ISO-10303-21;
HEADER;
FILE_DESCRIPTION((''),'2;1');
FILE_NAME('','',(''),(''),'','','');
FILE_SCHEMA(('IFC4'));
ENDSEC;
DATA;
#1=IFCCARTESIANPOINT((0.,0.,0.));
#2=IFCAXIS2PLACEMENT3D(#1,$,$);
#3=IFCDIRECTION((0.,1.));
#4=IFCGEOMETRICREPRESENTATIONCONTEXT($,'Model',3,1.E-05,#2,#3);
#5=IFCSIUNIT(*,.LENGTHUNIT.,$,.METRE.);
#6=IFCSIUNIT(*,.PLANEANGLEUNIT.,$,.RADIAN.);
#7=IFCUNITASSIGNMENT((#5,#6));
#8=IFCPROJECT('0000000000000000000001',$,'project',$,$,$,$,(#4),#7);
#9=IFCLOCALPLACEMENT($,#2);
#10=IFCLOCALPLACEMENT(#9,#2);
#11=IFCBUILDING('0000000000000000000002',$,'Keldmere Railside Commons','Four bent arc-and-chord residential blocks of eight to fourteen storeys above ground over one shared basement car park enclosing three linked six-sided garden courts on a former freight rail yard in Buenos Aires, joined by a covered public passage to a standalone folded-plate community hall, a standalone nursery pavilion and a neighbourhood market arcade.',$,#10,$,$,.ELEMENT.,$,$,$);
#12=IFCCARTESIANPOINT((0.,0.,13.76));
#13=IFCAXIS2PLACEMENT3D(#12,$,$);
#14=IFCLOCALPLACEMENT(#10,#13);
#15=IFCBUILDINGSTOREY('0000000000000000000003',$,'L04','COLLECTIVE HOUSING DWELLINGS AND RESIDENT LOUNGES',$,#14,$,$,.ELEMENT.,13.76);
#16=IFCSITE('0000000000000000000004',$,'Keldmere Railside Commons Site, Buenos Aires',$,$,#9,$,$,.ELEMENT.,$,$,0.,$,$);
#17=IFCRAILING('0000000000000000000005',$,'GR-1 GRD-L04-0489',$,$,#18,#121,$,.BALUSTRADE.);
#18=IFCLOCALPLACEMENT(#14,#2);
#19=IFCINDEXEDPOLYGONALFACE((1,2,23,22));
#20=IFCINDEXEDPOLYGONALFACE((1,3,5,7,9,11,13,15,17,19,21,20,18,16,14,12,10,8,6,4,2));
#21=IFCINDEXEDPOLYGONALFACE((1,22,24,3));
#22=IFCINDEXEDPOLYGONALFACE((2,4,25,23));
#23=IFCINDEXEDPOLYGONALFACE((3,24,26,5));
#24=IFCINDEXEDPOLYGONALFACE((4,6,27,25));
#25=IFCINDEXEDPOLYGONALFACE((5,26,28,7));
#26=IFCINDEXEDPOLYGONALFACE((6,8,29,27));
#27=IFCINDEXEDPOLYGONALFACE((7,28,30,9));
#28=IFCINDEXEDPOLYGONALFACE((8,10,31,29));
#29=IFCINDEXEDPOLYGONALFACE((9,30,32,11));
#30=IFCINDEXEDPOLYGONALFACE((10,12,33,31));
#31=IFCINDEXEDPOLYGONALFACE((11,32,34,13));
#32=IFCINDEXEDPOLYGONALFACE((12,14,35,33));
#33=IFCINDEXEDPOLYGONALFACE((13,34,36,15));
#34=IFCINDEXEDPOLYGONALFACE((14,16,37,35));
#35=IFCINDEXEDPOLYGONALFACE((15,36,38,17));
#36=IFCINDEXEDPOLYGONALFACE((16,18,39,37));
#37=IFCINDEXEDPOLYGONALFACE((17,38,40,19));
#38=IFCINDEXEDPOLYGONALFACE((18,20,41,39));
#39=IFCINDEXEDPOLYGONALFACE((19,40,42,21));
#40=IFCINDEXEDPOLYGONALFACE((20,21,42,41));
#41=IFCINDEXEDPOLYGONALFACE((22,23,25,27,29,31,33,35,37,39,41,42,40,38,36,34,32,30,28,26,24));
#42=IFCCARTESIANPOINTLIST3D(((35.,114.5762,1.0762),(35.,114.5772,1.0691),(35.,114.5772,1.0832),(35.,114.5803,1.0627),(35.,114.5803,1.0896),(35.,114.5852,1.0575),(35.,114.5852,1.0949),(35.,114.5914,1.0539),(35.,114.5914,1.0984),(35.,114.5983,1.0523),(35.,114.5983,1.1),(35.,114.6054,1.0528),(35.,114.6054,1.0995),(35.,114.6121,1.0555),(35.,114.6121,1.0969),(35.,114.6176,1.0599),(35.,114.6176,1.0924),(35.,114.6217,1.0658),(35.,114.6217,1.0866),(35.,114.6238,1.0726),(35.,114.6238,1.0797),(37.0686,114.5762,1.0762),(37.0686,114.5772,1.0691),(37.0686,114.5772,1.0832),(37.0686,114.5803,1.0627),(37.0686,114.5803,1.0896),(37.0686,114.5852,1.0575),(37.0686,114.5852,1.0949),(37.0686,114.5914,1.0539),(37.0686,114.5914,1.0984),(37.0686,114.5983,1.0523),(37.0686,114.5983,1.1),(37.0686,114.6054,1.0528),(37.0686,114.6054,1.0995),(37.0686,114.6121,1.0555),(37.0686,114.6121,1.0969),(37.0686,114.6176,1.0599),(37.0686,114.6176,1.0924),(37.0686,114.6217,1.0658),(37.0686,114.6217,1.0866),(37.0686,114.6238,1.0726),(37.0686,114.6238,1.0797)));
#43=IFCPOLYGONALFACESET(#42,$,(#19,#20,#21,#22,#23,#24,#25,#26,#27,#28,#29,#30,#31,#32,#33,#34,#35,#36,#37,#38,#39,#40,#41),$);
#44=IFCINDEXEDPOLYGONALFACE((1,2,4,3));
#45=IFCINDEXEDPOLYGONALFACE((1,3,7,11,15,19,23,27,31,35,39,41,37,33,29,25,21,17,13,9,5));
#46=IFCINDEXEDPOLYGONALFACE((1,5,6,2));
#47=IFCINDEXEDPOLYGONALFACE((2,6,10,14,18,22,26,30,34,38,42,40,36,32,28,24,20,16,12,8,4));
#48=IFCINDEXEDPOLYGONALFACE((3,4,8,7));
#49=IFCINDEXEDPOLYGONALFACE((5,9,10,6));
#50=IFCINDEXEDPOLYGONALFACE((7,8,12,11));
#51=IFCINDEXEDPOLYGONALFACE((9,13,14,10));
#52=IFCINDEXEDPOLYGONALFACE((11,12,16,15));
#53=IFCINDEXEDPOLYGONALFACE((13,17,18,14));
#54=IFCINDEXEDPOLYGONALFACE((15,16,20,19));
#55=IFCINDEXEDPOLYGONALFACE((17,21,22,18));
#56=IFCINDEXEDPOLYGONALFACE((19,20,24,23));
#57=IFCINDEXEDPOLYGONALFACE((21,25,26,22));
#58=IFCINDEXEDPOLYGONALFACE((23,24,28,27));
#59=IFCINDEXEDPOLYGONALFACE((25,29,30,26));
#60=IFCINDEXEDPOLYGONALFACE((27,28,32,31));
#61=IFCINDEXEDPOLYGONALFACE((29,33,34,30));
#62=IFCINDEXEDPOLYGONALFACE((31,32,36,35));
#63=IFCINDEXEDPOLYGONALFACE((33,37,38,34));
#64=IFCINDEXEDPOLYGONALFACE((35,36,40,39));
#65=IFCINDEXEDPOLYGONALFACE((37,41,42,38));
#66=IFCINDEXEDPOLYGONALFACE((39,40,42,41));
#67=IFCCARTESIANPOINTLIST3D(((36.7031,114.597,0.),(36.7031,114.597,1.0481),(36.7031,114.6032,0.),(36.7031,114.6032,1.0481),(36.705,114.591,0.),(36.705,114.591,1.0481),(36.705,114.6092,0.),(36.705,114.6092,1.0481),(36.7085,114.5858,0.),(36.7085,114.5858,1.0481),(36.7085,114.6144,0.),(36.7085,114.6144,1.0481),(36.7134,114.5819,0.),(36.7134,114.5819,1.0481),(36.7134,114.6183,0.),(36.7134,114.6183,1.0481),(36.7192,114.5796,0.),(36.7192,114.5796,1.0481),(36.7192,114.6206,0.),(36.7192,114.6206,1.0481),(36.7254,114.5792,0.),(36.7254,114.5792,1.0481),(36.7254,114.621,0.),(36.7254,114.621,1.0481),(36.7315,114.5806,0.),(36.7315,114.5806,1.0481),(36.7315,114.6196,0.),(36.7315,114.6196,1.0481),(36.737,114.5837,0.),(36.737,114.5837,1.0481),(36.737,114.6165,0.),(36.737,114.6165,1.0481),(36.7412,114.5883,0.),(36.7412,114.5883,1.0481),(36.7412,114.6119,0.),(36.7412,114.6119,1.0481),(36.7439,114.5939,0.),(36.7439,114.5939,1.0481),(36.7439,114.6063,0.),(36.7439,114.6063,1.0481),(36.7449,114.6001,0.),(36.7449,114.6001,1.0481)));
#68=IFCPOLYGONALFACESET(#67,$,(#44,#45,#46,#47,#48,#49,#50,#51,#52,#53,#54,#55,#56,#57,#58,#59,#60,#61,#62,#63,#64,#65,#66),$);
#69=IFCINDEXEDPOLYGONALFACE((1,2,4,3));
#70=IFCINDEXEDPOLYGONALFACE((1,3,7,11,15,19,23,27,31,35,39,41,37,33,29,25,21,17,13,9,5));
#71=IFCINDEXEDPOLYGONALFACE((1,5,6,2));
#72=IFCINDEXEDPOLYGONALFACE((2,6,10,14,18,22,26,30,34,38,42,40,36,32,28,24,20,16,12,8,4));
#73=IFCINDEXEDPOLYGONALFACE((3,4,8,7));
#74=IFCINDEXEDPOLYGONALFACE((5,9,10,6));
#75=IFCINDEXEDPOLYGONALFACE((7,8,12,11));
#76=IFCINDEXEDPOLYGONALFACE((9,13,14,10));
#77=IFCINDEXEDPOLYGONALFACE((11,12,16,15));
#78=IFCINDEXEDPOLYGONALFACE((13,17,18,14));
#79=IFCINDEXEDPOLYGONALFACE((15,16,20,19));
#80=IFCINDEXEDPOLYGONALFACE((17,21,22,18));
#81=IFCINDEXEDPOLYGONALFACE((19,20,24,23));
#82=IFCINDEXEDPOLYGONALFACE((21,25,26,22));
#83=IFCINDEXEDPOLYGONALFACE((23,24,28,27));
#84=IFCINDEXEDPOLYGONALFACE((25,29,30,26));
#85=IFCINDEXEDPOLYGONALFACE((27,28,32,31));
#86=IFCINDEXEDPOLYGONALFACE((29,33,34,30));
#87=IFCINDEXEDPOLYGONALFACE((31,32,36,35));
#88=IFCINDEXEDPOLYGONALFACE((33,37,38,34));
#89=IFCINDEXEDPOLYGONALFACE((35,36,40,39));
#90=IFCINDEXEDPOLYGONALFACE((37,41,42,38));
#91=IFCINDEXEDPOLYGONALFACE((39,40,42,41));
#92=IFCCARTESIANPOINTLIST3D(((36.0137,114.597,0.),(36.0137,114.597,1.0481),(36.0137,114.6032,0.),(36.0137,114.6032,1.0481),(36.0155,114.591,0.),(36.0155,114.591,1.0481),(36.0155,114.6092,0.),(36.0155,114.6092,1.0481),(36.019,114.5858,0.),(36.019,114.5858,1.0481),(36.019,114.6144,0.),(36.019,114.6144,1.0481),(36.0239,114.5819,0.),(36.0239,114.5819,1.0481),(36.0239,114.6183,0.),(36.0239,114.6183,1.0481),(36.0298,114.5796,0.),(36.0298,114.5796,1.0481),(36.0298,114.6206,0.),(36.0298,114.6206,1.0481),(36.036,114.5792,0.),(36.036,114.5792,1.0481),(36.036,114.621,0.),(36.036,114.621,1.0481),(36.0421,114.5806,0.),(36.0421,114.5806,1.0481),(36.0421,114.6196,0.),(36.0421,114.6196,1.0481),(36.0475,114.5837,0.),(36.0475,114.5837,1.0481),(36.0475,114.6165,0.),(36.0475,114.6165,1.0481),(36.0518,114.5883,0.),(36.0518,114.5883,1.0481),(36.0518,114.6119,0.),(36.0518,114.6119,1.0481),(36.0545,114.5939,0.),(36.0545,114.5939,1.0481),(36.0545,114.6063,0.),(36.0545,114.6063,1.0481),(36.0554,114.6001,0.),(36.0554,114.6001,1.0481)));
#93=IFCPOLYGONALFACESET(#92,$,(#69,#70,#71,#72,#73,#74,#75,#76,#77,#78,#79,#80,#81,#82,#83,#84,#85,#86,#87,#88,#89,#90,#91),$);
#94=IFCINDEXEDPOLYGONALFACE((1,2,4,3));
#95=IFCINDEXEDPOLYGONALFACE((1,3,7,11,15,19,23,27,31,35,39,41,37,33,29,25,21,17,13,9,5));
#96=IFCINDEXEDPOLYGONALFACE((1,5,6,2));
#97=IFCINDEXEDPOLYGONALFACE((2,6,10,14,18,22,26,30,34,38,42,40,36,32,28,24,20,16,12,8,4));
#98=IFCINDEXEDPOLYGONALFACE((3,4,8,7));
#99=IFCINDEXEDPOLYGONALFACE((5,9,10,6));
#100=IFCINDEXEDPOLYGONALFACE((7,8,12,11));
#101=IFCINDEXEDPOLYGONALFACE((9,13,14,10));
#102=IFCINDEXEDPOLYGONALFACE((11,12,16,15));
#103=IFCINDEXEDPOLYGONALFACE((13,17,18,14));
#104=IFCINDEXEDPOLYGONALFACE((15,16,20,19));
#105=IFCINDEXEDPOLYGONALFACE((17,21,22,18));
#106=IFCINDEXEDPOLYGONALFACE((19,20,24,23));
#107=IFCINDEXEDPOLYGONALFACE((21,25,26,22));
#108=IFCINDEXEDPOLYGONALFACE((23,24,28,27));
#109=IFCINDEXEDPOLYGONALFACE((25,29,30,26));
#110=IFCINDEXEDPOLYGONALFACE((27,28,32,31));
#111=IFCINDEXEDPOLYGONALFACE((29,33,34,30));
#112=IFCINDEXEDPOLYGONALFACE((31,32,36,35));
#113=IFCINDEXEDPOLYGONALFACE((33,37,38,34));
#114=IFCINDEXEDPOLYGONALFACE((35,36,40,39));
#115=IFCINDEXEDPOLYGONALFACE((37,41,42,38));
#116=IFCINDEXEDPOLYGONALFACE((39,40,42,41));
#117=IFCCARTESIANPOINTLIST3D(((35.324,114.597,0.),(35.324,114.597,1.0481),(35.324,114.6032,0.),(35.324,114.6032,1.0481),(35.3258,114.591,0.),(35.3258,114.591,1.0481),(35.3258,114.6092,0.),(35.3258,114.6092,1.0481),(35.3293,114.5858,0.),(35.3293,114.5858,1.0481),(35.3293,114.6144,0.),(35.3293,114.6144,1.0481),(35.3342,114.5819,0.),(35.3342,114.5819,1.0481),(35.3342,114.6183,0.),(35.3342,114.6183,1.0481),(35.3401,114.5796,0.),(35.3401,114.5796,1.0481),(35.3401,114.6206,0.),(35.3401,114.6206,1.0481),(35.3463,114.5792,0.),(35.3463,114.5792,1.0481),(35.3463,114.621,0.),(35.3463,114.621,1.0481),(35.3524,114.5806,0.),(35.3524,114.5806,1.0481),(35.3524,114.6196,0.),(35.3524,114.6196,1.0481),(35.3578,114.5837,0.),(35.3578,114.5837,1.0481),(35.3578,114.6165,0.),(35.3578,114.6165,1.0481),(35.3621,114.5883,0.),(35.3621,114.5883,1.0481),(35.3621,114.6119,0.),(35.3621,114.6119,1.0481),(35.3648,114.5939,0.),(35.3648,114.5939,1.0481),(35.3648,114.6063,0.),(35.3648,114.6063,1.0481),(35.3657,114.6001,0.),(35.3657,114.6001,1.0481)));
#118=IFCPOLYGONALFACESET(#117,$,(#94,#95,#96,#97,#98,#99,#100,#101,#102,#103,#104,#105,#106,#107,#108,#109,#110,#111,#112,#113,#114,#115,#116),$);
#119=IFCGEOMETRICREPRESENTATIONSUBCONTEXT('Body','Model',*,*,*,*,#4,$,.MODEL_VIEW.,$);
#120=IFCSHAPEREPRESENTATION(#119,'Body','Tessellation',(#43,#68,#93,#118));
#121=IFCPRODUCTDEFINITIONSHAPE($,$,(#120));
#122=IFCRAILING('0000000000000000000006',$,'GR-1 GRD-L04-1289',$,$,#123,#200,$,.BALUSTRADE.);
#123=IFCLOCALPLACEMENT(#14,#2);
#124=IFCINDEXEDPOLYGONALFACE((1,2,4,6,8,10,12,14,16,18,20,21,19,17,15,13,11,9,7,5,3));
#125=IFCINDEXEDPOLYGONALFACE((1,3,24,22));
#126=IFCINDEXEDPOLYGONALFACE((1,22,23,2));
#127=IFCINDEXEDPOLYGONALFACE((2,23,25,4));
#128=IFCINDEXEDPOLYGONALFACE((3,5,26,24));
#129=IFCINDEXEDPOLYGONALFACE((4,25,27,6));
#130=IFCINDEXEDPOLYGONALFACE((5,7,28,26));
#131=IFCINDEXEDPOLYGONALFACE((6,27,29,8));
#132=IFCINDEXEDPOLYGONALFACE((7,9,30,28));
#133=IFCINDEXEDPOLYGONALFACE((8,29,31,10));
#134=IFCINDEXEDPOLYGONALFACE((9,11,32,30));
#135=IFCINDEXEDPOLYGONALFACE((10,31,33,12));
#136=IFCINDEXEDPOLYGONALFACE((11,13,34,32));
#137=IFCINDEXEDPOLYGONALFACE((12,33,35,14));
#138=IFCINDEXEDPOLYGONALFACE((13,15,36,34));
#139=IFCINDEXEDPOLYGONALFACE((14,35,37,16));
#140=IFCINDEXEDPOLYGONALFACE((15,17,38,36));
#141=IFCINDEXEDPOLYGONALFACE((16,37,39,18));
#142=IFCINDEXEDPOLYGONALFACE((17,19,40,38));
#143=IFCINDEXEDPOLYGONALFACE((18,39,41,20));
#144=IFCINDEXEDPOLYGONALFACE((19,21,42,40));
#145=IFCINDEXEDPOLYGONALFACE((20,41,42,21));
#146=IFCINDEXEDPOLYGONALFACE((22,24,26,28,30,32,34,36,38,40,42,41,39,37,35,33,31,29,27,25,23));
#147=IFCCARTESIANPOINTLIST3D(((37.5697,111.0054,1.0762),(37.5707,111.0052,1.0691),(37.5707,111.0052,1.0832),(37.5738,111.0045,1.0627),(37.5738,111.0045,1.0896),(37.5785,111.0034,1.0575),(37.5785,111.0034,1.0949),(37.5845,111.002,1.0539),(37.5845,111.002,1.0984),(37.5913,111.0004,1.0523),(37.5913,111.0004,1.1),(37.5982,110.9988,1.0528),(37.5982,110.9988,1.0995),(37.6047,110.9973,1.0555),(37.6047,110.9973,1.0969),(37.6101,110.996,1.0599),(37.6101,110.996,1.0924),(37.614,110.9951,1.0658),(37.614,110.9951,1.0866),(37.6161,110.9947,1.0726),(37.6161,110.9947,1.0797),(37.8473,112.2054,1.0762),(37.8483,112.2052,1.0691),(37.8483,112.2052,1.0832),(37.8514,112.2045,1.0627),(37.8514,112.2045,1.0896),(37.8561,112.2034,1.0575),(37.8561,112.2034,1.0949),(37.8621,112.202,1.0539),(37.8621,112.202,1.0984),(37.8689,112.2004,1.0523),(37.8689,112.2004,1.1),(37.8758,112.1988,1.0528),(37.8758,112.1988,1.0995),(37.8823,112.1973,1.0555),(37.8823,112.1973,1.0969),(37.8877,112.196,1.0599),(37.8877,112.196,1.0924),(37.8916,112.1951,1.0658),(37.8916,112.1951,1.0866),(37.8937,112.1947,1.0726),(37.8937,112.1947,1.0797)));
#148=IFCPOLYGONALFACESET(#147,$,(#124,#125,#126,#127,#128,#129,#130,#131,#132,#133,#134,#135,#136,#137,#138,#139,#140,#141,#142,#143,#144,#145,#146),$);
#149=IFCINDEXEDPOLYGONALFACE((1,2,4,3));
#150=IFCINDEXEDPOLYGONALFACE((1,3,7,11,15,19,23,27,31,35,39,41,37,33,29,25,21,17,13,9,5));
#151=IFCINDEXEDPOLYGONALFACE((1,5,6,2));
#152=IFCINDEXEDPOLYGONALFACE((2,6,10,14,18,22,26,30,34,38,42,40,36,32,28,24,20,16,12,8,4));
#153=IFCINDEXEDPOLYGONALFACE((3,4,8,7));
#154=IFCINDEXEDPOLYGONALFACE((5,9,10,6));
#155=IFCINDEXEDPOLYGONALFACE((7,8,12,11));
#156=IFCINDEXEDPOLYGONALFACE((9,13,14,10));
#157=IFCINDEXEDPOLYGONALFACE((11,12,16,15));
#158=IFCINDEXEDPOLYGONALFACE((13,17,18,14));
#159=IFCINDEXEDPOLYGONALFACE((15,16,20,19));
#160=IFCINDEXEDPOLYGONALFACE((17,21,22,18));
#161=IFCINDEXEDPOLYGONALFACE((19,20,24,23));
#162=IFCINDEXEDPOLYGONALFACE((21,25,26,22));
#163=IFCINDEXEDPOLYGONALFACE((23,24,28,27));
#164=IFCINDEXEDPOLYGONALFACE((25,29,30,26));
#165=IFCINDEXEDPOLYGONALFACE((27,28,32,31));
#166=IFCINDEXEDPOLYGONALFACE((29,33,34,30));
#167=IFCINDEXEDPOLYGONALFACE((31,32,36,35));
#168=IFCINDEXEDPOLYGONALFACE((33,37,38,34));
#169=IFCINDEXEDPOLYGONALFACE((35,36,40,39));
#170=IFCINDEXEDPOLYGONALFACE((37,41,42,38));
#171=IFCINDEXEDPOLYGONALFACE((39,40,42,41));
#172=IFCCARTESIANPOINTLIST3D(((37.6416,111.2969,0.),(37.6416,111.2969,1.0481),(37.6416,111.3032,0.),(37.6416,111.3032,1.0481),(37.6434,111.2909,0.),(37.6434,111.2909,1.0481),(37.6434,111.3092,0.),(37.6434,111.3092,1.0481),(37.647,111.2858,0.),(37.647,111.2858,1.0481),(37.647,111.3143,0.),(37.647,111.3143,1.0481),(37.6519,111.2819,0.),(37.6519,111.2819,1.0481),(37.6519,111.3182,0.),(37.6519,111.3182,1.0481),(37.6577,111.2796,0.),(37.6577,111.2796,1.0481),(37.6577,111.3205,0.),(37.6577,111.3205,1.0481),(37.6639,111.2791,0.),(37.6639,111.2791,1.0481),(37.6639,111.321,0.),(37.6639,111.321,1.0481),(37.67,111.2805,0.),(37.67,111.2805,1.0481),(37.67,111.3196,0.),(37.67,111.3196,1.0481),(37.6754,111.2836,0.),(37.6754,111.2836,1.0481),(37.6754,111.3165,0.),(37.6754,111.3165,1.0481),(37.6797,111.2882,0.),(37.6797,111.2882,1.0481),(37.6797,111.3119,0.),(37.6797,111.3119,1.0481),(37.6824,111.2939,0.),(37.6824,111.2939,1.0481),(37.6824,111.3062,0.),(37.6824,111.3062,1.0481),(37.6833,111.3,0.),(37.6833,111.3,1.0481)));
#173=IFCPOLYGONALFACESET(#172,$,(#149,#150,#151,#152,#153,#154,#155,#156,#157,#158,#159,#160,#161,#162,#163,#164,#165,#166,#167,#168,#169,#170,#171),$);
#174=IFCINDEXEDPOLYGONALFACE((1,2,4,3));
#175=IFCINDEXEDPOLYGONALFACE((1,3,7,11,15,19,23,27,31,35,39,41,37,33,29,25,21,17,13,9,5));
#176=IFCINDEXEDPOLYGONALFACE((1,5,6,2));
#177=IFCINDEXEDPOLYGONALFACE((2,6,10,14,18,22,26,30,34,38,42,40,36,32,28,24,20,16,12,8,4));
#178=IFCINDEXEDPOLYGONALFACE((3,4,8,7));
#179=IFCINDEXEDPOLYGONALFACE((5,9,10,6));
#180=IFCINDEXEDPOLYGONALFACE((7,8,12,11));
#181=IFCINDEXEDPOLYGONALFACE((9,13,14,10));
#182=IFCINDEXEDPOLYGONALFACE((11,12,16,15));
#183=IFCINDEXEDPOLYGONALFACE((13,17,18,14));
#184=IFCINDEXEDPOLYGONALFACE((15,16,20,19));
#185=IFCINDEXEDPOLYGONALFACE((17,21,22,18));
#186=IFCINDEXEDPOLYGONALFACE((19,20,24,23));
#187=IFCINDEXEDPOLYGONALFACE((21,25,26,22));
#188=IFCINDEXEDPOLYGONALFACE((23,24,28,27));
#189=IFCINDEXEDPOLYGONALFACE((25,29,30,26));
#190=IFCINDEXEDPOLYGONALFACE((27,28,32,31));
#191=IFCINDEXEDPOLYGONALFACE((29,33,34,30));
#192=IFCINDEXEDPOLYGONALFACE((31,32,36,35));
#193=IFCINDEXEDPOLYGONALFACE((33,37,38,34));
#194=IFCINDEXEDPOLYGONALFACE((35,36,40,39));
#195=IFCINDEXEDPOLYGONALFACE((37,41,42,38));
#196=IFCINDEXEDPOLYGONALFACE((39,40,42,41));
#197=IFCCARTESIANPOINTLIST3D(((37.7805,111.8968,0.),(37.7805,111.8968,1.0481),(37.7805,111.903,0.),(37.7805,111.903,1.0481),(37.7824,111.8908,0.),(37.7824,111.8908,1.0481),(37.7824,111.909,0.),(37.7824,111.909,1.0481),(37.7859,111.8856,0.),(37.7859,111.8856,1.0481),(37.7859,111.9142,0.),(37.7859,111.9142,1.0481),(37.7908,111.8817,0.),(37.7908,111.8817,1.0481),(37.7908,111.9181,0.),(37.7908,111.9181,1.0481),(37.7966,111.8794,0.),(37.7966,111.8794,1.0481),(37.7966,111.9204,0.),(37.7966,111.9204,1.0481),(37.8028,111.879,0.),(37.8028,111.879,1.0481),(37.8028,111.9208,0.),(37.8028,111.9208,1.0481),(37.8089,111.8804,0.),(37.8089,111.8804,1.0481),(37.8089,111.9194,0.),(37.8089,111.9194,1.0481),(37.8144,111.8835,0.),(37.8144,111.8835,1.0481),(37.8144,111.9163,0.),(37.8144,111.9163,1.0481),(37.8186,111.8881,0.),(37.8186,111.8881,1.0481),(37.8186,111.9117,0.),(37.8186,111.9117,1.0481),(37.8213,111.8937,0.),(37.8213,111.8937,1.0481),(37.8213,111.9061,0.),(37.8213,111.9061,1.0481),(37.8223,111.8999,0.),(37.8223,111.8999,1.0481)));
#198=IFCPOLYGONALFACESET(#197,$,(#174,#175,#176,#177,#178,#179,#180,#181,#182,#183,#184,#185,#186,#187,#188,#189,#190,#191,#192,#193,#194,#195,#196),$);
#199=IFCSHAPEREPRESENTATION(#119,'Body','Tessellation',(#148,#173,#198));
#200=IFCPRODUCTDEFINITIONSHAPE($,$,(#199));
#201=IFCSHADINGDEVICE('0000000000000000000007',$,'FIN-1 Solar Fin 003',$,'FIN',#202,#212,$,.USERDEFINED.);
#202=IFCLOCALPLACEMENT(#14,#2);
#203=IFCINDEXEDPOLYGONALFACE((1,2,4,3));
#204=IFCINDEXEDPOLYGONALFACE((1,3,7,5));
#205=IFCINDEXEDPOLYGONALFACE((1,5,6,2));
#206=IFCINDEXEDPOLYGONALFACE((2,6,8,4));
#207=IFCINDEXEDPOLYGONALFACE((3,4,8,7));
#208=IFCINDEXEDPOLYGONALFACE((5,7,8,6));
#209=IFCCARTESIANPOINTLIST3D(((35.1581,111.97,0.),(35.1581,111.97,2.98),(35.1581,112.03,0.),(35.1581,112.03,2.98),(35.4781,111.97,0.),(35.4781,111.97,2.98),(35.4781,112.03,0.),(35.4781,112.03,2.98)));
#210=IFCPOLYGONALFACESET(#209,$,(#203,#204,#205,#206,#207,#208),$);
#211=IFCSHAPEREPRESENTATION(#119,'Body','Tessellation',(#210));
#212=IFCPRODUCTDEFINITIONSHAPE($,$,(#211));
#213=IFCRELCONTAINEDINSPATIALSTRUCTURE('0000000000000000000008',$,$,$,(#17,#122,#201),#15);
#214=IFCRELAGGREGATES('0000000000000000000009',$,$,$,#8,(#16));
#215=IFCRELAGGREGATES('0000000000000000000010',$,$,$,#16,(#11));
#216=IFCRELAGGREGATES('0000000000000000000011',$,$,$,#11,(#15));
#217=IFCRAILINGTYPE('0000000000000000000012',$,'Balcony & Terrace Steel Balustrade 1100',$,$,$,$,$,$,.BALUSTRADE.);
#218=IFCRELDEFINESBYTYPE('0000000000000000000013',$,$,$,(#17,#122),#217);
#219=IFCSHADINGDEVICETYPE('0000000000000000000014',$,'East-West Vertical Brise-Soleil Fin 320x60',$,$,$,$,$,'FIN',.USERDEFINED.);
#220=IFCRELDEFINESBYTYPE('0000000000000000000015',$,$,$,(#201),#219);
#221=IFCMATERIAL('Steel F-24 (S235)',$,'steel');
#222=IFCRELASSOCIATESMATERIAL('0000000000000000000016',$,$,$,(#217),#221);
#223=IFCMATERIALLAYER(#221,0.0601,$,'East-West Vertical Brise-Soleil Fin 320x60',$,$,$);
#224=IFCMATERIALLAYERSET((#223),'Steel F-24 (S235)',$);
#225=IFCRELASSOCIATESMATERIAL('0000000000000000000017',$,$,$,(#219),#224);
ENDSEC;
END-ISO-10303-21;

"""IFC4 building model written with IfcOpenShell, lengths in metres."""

from ifc_helpers import new_model, si_unit, direction, frame, origin, origin_2d, place, context, subcontext, project, spatial, rectangle, circle, extrude, material, layer, layer_set, type_object, element, save


model = new_model("IFC4")

# Units and contexts
model_context = context("Model", 3, precision=1e-05, world=origin(), true_north=direction((0.0, 1.0)))
body_context = subcontext(model_context, "Body", "Model", "MODEL_VIEW")
ifc_project = project(units=[si_unit("LENGTHUNIT", "METRE"), si_unit("PLANEANGLEUNIT", "RADIAN")], contexts=[model_context])

# Site, building, storey
site_placement = place(None, origin())
site = spatial("IfcSite", under=ifc_project, at=site_placement, Name="Keldmere Railside Commons Site, Buenos Aires", CompositionType="ELEMENT", RefElevation=0.0)
building_placement = place(site_placement, origin())
building = spatial("IfcBuilding", under=site, at=building_placement, Name="Keldmere Railside Commons", Description="Four bent arc-and-chord residential blocks of eight to fourteen storeys above ground over one shared basement car park enclosing three linked six-sided garden courts on a former freight rail yard in Buenos Aires, joined by a covered public passage to a standalone folded-plate community hall, a standalone nursery pavilion and a neighbourhood market arcade.", CompositionType="ELEMENT")
storey_placement = place(building_placement, frame((0.0, 0.0, 13.76)))
storey = spatial("IfcBuildingStorey", under=building, at=storey_placement, Name="L04", Description="COLLECTIVE HOUSING DWELLINGS AND RESIDENT LOUNGES", CompositionType="ELEMENT", Elevation=13.76)

# Railings
ifc_material_1 = material(Name="Steel F-24 (S235)", Category="steel")
railing_type = type_object("IfcRailingType", Name="Balcony & Terrace Steel Balustrade 1100", PredefinedType="BALUSTRADE", material=ifc_material_1)
railing_1_placement = place(storey_placement, frame((37.0686, 114.6001, 0.0)))
element("IfcRailing", 1, at=railing_1_placement, inside=storey, type_object=railing_type, Name="GR-1 GRD-L04-0489", PredefinedType="BALUSTRADE", context=body_context, shape_type="SweptSolid", body=[
    extrude(circle(Radius=0.0239, at=origin_2d()), frame((0.0, 0.0, 1.0762), z_axis=(-1.0, 0.0, 0.0), x_axis=(0.0, -1.0, 0.0)), (0.0, 0.0, 1.0), 2.0686),
    extrude(circle(Radius=0.021, at=origin_2d()), frame((-0.3447, 0.0, 0.0)), (0.0, 0.0, 1.0), 1.0481),
    extrude(circle(Radius=0.021, at=origin_2d()), frame((-1.0342, 0.0, 0.0)), (0.0, 0.0, 1.0), 1.0481),
    extrude(circle(Radius=0.021, at=origin_2d()), frame((-1.7239, 0.0, 0.0)), (0.0, 0.0, 1.0), 1.0481),
])
railing_2_placement = place(storey_placement, frame((37.593, 111.0, 0.0)))
element("IfcRailing", 2, at=railing_2_placement, inside=storey, type_object=railing_type, Name="GR-1 GRD-L04-1289", PredefinedType="BALUSTRADE", context=body_context, shape_type="SweptSolid", body=[
    extrude(circle(Radius=0.0239, at=origin_2d()), frame((0.0, 0.0, 1.0762), z_axis=(0.225381, 0.974271, 0.0), x_axis=(-0.974271, 0.225381, 0.0)), (0.0, 0.0, 1.0), 1.2317),
    extrude(circle(Radius=0.021, at=origin_2d()), frame((0.0693, 0.3, 0.0)), (0.0, 0.0, 1.0), 1.0481),
    extrude(circle(Radius=0.021, at=origin_2d()), frame((0.2083, 0.8999, 0.0)), (0.0, 0.0, 1.0), 1.0481),
])

# Shading device
ifc_layer_1 = layer(ifc_material_1, 0.0601, Name="East-West Vertical Brise-Soleil Fin 320x60")
ifc_layer_set_1 = layer_set([ifc_layer_1], Name="Steel F-24 (S235)")
shading_device_type = type_object("IfcShadingDeviceType", Name="East-West Vertical Brise-Soleil Fin 320x60", ElementType="FIN", PredefinedType="USERDEFINED", material=ifc_layer_set_1)
shading_device_placement = place(storey_placement, frame((35.3181, 112.0, 0.0), z_axis=(0.0, 0.0, 1.0), x_axis=(1.0, 0.0, 0.0)))
element("IfcShadingDevice", 3, at=shading_device_placement, inside=storey, type_object=shading_device_type, Name="FIN-1 Solar Fin 003", ObjectType="FIN", PredefinedType="USERDEFINED", context=body_context, shape_type="SweptSolid", body=[
    extrude(rectangle(XDim=0.3201, YDim=0.0601, at=origin_2d()), origin(), (0.0, 0.0, 1.0), 2.98),
])

save(model, "model.ifc")
